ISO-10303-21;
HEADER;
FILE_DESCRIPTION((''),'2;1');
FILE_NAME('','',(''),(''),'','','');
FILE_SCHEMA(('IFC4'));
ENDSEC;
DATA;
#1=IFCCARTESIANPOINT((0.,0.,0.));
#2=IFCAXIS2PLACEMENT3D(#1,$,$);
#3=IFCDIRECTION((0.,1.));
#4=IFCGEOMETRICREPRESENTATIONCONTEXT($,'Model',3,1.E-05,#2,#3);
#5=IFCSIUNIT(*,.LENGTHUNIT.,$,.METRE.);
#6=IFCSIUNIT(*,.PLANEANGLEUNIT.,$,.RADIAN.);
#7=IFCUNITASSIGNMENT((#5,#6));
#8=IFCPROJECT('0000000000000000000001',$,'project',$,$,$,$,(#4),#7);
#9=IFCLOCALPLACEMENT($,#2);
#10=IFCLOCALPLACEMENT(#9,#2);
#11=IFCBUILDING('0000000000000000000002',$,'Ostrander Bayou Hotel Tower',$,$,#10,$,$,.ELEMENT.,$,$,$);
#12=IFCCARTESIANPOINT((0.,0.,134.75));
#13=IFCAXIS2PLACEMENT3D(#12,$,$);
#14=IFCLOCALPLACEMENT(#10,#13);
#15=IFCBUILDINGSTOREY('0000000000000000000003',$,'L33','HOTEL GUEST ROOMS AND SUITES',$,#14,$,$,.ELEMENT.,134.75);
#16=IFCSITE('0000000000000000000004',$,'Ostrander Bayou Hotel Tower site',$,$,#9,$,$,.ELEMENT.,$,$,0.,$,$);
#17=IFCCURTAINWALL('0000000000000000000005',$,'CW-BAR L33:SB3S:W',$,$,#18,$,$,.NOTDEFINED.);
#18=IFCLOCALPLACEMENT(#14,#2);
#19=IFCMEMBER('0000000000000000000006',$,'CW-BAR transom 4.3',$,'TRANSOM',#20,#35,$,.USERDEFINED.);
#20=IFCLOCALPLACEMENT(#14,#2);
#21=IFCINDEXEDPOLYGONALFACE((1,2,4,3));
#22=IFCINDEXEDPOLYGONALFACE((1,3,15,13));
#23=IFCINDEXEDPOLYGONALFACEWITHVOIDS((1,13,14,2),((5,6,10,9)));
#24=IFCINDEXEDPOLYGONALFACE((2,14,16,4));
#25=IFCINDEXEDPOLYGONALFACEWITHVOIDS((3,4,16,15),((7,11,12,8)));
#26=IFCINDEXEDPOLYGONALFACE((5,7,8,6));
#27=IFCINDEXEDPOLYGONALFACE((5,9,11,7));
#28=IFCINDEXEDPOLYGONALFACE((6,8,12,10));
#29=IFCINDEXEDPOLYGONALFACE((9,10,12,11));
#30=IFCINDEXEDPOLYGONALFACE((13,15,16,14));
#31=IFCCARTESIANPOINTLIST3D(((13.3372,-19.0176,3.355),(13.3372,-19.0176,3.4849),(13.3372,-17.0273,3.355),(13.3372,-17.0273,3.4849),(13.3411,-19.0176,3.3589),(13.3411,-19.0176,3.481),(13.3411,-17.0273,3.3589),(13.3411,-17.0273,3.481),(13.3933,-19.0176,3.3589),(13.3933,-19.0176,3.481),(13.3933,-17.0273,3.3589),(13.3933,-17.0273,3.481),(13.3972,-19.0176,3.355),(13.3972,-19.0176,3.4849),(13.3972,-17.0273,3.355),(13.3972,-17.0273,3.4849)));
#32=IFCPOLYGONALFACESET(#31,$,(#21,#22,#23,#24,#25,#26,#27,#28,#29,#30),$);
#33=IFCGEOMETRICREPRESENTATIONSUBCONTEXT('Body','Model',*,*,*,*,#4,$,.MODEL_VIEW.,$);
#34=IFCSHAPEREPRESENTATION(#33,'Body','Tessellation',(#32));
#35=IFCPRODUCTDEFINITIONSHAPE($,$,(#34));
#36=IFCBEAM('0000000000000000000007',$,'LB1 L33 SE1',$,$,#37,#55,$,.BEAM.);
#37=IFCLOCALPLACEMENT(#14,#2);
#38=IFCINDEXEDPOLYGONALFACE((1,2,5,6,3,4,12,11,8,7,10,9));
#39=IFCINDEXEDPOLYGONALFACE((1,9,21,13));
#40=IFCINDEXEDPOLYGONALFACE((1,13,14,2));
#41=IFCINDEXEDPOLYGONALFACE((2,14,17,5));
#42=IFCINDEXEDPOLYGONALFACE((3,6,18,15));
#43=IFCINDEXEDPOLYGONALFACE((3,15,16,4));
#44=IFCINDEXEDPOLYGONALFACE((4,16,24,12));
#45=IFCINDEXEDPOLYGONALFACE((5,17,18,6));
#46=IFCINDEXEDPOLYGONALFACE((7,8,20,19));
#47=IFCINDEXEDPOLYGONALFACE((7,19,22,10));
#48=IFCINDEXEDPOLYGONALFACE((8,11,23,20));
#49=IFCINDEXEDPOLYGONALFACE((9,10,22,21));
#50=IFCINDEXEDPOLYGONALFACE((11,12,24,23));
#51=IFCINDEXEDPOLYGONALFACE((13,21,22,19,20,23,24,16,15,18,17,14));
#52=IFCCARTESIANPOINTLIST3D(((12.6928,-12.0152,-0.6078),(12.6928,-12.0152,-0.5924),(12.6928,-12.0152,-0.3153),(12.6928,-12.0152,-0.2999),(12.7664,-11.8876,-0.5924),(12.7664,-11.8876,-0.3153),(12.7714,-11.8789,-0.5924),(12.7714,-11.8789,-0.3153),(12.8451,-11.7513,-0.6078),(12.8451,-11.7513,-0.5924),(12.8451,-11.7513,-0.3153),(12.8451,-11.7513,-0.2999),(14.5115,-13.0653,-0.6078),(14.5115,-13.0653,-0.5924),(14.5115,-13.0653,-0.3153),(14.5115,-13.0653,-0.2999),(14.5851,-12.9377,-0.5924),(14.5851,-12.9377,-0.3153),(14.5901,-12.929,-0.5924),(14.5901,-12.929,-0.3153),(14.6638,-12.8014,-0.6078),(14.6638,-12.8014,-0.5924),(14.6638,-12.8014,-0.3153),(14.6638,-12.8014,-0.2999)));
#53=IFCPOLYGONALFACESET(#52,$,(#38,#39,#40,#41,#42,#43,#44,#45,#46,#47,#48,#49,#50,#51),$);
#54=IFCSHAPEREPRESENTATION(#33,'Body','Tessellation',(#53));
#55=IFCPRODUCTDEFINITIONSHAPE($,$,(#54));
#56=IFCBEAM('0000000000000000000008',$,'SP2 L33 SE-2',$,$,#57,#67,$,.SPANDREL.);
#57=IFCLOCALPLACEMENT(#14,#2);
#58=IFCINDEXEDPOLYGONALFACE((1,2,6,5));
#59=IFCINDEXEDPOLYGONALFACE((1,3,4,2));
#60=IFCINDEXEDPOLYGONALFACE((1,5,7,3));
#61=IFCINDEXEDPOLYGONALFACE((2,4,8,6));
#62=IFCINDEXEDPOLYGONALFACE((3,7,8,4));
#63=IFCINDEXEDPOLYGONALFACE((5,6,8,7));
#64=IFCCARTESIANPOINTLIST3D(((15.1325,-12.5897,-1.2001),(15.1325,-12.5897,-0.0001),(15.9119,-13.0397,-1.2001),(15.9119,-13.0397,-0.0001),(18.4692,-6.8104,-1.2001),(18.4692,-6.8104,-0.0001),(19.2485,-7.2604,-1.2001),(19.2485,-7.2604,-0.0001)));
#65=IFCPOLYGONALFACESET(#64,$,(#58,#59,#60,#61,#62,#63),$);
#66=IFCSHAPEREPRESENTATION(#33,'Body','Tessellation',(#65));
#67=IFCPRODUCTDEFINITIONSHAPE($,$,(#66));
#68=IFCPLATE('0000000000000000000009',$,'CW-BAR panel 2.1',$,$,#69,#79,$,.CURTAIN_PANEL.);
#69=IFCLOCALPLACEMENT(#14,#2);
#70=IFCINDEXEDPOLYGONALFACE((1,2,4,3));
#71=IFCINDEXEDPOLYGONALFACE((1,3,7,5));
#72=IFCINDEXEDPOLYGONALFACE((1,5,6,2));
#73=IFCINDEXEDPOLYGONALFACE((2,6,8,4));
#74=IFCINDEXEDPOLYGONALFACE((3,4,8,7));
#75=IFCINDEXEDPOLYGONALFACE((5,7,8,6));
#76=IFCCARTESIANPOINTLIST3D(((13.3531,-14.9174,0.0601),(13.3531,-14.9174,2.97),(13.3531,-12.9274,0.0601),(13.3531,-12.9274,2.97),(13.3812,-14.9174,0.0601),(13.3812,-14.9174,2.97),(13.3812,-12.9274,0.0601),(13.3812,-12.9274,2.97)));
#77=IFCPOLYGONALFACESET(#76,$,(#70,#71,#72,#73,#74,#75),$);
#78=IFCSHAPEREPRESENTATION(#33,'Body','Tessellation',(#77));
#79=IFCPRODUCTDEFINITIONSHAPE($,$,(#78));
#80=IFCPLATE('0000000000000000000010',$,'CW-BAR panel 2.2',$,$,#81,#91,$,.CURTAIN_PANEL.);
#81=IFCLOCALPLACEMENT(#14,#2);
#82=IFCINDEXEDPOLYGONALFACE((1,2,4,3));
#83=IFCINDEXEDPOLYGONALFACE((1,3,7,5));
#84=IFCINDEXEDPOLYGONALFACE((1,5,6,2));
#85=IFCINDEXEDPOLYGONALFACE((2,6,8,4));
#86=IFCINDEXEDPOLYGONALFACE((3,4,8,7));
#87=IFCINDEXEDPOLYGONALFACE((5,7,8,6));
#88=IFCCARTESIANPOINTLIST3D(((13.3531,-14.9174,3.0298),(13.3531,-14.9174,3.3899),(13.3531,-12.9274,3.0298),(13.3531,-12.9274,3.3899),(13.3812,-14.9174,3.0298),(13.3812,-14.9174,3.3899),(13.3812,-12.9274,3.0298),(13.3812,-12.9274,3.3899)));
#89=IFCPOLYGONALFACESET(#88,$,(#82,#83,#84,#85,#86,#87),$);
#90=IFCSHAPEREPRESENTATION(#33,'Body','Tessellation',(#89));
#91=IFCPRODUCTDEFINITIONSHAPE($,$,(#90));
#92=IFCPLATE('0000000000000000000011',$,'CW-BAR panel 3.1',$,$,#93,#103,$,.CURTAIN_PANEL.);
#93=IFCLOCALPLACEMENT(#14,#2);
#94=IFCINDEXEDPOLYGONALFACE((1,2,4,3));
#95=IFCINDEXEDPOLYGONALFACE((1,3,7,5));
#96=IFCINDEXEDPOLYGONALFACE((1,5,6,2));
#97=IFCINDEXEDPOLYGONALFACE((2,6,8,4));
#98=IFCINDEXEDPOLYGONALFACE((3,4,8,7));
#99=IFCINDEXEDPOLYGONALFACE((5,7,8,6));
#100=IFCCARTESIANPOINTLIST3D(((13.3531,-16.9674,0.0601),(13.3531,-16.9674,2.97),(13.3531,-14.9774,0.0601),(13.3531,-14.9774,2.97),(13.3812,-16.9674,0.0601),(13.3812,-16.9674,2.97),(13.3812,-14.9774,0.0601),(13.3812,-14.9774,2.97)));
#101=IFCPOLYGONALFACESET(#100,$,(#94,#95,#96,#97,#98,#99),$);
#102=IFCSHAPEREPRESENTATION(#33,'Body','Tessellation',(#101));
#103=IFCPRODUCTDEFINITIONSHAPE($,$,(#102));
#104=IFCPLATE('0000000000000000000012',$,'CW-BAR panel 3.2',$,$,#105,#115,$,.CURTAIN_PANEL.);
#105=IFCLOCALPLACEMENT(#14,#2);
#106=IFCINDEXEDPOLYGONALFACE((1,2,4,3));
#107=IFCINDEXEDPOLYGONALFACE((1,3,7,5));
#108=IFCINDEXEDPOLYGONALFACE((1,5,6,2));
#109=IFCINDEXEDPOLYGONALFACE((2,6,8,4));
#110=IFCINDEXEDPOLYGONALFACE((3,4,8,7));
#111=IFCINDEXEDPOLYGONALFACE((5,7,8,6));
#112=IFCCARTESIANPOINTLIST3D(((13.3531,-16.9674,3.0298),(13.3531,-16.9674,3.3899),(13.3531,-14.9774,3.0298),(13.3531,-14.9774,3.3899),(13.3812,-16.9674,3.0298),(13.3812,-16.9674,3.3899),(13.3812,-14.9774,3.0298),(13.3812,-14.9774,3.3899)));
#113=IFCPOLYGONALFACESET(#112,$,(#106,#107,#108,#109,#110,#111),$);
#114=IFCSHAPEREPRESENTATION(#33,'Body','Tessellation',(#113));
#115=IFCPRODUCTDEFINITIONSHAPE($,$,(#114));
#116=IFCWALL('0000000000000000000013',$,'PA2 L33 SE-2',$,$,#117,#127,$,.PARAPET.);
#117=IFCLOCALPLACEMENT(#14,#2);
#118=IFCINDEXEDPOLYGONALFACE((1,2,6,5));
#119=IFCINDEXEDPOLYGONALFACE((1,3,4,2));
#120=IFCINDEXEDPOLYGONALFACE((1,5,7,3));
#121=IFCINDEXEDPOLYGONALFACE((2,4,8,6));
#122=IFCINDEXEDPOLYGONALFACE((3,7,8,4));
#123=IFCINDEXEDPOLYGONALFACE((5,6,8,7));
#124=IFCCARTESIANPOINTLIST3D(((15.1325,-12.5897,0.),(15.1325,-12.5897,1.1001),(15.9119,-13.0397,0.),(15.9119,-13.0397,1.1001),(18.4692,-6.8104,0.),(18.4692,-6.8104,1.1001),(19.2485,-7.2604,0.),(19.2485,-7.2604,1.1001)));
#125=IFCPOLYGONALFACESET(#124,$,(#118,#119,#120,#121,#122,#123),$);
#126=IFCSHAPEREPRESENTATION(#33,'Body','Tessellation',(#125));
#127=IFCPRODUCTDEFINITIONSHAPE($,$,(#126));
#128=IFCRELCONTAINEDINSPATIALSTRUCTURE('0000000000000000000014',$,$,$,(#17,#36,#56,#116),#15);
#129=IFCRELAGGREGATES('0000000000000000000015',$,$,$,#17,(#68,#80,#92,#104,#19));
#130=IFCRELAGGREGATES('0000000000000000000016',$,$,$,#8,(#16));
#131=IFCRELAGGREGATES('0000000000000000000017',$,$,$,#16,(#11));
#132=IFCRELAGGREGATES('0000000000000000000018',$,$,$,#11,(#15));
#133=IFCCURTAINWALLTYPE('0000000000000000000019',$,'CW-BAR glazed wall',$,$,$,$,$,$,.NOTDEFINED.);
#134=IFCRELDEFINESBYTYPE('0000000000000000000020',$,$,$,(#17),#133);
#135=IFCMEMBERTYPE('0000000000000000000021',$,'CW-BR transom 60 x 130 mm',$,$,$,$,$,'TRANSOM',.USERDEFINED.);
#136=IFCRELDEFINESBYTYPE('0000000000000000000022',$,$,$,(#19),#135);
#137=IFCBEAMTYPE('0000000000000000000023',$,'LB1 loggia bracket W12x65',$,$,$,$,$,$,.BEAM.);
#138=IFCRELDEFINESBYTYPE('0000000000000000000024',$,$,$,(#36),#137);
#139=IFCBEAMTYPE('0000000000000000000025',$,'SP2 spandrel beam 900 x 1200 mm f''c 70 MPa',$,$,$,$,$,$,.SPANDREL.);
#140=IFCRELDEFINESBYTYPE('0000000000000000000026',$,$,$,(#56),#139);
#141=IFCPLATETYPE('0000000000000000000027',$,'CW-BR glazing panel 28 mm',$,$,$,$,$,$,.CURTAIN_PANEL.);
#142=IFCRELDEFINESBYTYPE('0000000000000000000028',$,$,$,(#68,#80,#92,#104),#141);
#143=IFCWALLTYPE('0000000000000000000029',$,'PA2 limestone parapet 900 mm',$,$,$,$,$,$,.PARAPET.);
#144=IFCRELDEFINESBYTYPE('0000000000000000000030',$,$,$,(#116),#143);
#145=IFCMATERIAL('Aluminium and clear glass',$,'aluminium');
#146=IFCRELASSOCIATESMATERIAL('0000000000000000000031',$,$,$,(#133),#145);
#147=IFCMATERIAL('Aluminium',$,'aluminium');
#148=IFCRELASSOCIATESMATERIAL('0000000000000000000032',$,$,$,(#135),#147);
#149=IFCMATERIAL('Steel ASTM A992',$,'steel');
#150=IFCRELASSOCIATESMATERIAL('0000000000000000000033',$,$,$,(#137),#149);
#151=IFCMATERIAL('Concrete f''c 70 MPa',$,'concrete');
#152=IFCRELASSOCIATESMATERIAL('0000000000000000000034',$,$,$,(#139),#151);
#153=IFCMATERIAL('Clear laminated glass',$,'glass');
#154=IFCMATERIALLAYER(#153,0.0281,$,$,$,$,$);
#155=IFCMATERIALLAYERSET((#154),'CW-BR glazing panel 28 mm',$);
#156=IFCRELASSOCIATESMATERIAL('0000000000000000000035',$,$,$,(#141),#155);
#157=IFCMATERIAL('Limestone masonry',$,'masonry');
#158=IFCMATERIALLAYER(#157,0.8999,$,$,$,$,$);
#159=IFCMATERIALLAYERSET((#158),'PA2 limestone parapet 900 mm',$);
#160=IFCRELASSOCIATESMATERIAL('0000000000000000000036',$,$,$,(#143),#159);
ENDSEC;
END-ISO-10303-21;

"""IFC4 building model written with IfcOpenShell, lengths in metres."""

from ifc_helpers import new_model, si_unit, direction, frame, frame_2d, origin, origin_2d, place, context, subcontext, project, spatial, rectangle, hollow_rectangle, i_section, extrude, material, layer, layer_set, material_profile, profile_set, type_object, element, aggregate, save


model = new_model("IFC4")

# Units and contexts
model_context = context("Model", 3, precision=1e-05, world=origin(), true_north=direction((0.0, 1.0)))
body_context = subcontext(model_context, "Body", "Model", "MODEL_VIEW")
ifc_project = project(units=[si_unit("LENGTHUNIT", "METRE"), si_unit("PLANEANGLEUNIT", "RADIAN")], contexts=[model_context])

# Site, building, storey
site_placement = place(None, origin())
site = spatial("IfcSite", under=ifc_project, at=site_placement, Name="Ostrander Bayou Hotel Tower site", CompositionType="ELEMENT", RefElevation=0.0)
building_placement = place(site_placement, origin())
building = spatial("IfcBuilding", under=site, at=building_placement, Name="Ostrander Bayou Hotel Tower", CompositionType="ELEMENT")
storey_placement = place(building_placement, frame((0.0, 0.0, 134.75)))
storey = spatial("IfcBuildingStorey", under=building, at=storey_placement, Name="L33", Description="HOTEL GUEST ROOMS AND SUITES", CompositionType="ELEMENT", Elevation=134.75)

# Curtain wall, member
ifc_material_1 = material(Name="Aluminium and clear glass", Category="aluminium")
curtain_wall_type = type_object("IfcCurtainWallType", Name="CW-BAR glazed wall", PredefinedType="NOTDEFINED", material=ifc_material_1)
curtain_wall_placement = place(storey_placement, origin())
curtain_wall = element("IfcCurtainWall", 1, at=curtain_wall_placement, inside=storey, type_object=curtain_wall_type, Name="CW-BAR L33:SB3S:W", PredefinedType="NOTDEFINED")
ifc_material_2 = material(Name="Aluminium", Category="aluminium")
ifc_material_profile_1 = material_profile(ifc_material_2, hollow_rectangle(XDim=0.0601, YDim=0.1299, WallThickness=0.0039, at=origin_2d()))
ifc_profile_set_1 = profile_set([ifc_material_profile_1], Name="Aluminium")
member_type_1 = type_object("IfcMemberType", Name="CW-BR transom 60 x 130 mm", ElementType="TRANSOM", PredefinedType="USERDEFINED", material=ifc_profile_set_1)
member_1_placement = place(storey_placement, frame((13.3672, -17.0273, 3.4199), z_axis=(0.0, -1.0, 0.0), x_axis=(1.0, 0.0, 0.0)))
member_1 = element("IfcMember", 2, at=member_1_placement, type_object=member_type_1, Name="CW-BAR transom 4.3", ObjectType="TRANSOM", PredefinedType="USERDEFINED", context=body_context, shape_type="SweptSolid", body=[
    extrude(hollow_rectangle(XDim=0.0601, YDim=0.1299, WallThickness=0.0039, at=origin_2d()), origin(), (0.0, 0.0, 1.0), 1.9902),
])

# Beams
ifc_material_3 = material(Name="Steel ASTM A992", Category="steel")
ifc_material_profile_2 = material_profile(ifc_material_3, i_section(OverallWidth=0.3047, OverallDepth=0.3079, WebThickness=0.01, FlangeThickness=0.0154, at=origin_2d()))
ifc_profile_set_2 = profile_set([ifc_material_profile_2], Name="Steel ASTM A992")
beam_type_1 = type_object("IfcBeamType", Name="LB1 loggia bracket W12x65", PredefinedType="BEAM", material=ifc_profile_set_2)
beam_1_placement = place(storey_placement, frame((14.5876, -12.9333, -0.4539), z_axis=(-0.866009, 0.500028, 0.0), x_axis=(-0.500028, -0.866009, 0.0)))
element("IfcBeam", 3, at=beam_1_placement, inside=storey, type_object=beam_type_1, Name="LB1 L33 SE1", PredefinedType="BEAM", context=body_context, shape_type="SweptSolid", body=[
    extrude(i_section(OverallWidth=0.3047, OverallDepth=0.3079, WebThickness=0.01, FlangeThickness=0.0154, at=origin_2d()), origin(), (0.0, 0.0, 1.0), 2.1001),
])
ifc_material_4 = material(Name="Concrete f'c 70 MPa", Category="concrete")
ifc_material_profile_3 = material_profile(ifc_material_4, rectangle(XDim=0.8999, YDim=1.2, at=origin_2d()))
ifc_profile_set_3 = profile_set([ifc_material_profile_3], Name="Concrete f'c 70 MPa")
beam_type_2 = type_object("IfcBeamType", Name="SP2 spandrel beam 900 x 1200 mm f'c 70 MPa", PredefinedType="SPANDREL", material=ifc_profile_set_3)
beam_2_placement = place(storey_placement, frame((15.5222, -12.8147, -0.6001), z_axis=(0.499999, 0.866026, 0.0), x_axis=(-0.866026, 0.499999, 0.0)))
element("IfcBeam", 4, at=beam_2_placement, inside=storey, type_object=beam_type_2, Name="SP2 L33 SE-2", PredefinedType="SPANDREL", context=body_context, shape_type="SweptSolid", body=[
    extrude(rectangle(XDim=0.8999, YDim=1.2, at=origin_2d()), origin(), (0.0, 0.0, 1.0), 6.6733),
])

# Plates
ifc_material_5 = material(Name="Clear laminated glass", Category="glass")
ifc_layer_1 = layer(ifc_material_5, 0.0281)
ifc_layer_set_1 = layer_set([ifc_layer_1], Name="CW-BR glazing panel 28 mm")
plate_type = type_object("IfcPlateType", Name="CW-BR glazing panel 28 mm", PredefinedType="CURTAIN_PANEL", material=ifc_layer_set_1)
plate_1_placement = place(storey_placement, frame((13.3672, -13.9224, 0.0601), z_axis=(0.0, 0.0, 1.0), x_axis=(0.0, -1.0, 0.0)))
plate_1 = element("IfcPlate", 5, at=plate_1_placement, type_object=plate_type, Name="CW-BAR panel 2.1", PredefinedType="CURTAIN_PANEL", context=body_context, shape_type="SweptSolid", body=[
    extrude(rectangle(XDim=1.99, YDim=0.0281, at=origin_2d()), origin(), (0.0, 0.0, 1.0), 2.9099),
])
plate_2_placement = place(storey_placement, frame((13.3672, -13.9224, 3.0298), z_axis=(0.0, 0.0, 1.0), x_axis=(0.0, -1.0, 0.0)))
plate_2 = element("IfcPlate", 6, at=plate_2_placement, type_object=plate_type, Name="CW-BAR panel 2.2", PredefinedType="CURTAIN_PANEL", context=body_context, shape_type="SweptSolid", body=[
    extrude(rectangle(XDim=1.99, YDim=0.0281, at=origin_2d()), origin(), (0.0, 0.0, 1.0), 0.3601),
])
plate_3_placement = place(storey_placement, frame((13.3672, -15.9724, 0.0601), z_axis=(0.0, 0.0, 1.0), x_axis=(0.0, -1.0, 0.0)))
plate_3 = element("IfcPlate", 7, at=plate_3_placement, type_object=plate_type, Name="CW-BAR panel 3.1", PredefinedType="CURTAIN_PANEL", context=body_context, shape_type="SweptSolid", body=[
    extrude(rectangle(XDim=1.99, YDim=0.0281, at=origin_2d()), origin(), (0.0, 0.0, 1.0), 2.9099),
])
plate_4_placement = place(storey_placement, frame((13.3672, -15.9724, 3.0298), z_axis=(0.0, 0.0, 1.0), x_axis=(0.0, -1.0, 0.0)))
plate_4 = element("IfcPlate", 8, at=plate_4_placement, type_object=plate_type, Name="CW-BAR panel 3.2", PredefinedType="CURTAIN_PANEL", context=body_context, shape_type="SweptSolid", body=[
    extrude(rectangle(XDim=1.99, YDim=0.0281, at=origin_2d()), origin(), (0.0, 0.0, 1.0), 0.3601),
])
aggregate(curtain_wall, [plate_1, plate_2, plate_3, plate_4, member_1])

# Wall
ifc_material_6 = material(Name="Limestone masonry", Category="masonry")
ifc_layer_2 = layer(ifc_material_6, 0.8999)
ifc_layer_set_2 = layer_set([ifc_layer_2], Name="PA2 limestone parapet 900 mm")
wall_type = type_object("IfcWallType", Name="PA2 limestone parapet 900 mm", PredefinedType="PARAPET", material=ifc_layer_set_2)
wall_placement = place(storey_placement, frame((15.5222, -12.8147, 0.0), z_axis=(0.0, 0.0, 1.0), x_axis=(0.499999, 0.866026, 0.0)))
element("IfcWall", 9, at=wall_placement, inside=storey, type_object=wall_type, Name="PA2 L33 SE-2", PredefinedType="PARAPET", context=body_context, shape_type="SweptSolid", body=[
    extrude(rectangle(XDim=6.6733, YDim=0.8999, at=frame_2d((3.3367, 0.0))), origin(), (0.0, 0.0, 1.0), 1.1001),
])

save(model, "model.ifc")
